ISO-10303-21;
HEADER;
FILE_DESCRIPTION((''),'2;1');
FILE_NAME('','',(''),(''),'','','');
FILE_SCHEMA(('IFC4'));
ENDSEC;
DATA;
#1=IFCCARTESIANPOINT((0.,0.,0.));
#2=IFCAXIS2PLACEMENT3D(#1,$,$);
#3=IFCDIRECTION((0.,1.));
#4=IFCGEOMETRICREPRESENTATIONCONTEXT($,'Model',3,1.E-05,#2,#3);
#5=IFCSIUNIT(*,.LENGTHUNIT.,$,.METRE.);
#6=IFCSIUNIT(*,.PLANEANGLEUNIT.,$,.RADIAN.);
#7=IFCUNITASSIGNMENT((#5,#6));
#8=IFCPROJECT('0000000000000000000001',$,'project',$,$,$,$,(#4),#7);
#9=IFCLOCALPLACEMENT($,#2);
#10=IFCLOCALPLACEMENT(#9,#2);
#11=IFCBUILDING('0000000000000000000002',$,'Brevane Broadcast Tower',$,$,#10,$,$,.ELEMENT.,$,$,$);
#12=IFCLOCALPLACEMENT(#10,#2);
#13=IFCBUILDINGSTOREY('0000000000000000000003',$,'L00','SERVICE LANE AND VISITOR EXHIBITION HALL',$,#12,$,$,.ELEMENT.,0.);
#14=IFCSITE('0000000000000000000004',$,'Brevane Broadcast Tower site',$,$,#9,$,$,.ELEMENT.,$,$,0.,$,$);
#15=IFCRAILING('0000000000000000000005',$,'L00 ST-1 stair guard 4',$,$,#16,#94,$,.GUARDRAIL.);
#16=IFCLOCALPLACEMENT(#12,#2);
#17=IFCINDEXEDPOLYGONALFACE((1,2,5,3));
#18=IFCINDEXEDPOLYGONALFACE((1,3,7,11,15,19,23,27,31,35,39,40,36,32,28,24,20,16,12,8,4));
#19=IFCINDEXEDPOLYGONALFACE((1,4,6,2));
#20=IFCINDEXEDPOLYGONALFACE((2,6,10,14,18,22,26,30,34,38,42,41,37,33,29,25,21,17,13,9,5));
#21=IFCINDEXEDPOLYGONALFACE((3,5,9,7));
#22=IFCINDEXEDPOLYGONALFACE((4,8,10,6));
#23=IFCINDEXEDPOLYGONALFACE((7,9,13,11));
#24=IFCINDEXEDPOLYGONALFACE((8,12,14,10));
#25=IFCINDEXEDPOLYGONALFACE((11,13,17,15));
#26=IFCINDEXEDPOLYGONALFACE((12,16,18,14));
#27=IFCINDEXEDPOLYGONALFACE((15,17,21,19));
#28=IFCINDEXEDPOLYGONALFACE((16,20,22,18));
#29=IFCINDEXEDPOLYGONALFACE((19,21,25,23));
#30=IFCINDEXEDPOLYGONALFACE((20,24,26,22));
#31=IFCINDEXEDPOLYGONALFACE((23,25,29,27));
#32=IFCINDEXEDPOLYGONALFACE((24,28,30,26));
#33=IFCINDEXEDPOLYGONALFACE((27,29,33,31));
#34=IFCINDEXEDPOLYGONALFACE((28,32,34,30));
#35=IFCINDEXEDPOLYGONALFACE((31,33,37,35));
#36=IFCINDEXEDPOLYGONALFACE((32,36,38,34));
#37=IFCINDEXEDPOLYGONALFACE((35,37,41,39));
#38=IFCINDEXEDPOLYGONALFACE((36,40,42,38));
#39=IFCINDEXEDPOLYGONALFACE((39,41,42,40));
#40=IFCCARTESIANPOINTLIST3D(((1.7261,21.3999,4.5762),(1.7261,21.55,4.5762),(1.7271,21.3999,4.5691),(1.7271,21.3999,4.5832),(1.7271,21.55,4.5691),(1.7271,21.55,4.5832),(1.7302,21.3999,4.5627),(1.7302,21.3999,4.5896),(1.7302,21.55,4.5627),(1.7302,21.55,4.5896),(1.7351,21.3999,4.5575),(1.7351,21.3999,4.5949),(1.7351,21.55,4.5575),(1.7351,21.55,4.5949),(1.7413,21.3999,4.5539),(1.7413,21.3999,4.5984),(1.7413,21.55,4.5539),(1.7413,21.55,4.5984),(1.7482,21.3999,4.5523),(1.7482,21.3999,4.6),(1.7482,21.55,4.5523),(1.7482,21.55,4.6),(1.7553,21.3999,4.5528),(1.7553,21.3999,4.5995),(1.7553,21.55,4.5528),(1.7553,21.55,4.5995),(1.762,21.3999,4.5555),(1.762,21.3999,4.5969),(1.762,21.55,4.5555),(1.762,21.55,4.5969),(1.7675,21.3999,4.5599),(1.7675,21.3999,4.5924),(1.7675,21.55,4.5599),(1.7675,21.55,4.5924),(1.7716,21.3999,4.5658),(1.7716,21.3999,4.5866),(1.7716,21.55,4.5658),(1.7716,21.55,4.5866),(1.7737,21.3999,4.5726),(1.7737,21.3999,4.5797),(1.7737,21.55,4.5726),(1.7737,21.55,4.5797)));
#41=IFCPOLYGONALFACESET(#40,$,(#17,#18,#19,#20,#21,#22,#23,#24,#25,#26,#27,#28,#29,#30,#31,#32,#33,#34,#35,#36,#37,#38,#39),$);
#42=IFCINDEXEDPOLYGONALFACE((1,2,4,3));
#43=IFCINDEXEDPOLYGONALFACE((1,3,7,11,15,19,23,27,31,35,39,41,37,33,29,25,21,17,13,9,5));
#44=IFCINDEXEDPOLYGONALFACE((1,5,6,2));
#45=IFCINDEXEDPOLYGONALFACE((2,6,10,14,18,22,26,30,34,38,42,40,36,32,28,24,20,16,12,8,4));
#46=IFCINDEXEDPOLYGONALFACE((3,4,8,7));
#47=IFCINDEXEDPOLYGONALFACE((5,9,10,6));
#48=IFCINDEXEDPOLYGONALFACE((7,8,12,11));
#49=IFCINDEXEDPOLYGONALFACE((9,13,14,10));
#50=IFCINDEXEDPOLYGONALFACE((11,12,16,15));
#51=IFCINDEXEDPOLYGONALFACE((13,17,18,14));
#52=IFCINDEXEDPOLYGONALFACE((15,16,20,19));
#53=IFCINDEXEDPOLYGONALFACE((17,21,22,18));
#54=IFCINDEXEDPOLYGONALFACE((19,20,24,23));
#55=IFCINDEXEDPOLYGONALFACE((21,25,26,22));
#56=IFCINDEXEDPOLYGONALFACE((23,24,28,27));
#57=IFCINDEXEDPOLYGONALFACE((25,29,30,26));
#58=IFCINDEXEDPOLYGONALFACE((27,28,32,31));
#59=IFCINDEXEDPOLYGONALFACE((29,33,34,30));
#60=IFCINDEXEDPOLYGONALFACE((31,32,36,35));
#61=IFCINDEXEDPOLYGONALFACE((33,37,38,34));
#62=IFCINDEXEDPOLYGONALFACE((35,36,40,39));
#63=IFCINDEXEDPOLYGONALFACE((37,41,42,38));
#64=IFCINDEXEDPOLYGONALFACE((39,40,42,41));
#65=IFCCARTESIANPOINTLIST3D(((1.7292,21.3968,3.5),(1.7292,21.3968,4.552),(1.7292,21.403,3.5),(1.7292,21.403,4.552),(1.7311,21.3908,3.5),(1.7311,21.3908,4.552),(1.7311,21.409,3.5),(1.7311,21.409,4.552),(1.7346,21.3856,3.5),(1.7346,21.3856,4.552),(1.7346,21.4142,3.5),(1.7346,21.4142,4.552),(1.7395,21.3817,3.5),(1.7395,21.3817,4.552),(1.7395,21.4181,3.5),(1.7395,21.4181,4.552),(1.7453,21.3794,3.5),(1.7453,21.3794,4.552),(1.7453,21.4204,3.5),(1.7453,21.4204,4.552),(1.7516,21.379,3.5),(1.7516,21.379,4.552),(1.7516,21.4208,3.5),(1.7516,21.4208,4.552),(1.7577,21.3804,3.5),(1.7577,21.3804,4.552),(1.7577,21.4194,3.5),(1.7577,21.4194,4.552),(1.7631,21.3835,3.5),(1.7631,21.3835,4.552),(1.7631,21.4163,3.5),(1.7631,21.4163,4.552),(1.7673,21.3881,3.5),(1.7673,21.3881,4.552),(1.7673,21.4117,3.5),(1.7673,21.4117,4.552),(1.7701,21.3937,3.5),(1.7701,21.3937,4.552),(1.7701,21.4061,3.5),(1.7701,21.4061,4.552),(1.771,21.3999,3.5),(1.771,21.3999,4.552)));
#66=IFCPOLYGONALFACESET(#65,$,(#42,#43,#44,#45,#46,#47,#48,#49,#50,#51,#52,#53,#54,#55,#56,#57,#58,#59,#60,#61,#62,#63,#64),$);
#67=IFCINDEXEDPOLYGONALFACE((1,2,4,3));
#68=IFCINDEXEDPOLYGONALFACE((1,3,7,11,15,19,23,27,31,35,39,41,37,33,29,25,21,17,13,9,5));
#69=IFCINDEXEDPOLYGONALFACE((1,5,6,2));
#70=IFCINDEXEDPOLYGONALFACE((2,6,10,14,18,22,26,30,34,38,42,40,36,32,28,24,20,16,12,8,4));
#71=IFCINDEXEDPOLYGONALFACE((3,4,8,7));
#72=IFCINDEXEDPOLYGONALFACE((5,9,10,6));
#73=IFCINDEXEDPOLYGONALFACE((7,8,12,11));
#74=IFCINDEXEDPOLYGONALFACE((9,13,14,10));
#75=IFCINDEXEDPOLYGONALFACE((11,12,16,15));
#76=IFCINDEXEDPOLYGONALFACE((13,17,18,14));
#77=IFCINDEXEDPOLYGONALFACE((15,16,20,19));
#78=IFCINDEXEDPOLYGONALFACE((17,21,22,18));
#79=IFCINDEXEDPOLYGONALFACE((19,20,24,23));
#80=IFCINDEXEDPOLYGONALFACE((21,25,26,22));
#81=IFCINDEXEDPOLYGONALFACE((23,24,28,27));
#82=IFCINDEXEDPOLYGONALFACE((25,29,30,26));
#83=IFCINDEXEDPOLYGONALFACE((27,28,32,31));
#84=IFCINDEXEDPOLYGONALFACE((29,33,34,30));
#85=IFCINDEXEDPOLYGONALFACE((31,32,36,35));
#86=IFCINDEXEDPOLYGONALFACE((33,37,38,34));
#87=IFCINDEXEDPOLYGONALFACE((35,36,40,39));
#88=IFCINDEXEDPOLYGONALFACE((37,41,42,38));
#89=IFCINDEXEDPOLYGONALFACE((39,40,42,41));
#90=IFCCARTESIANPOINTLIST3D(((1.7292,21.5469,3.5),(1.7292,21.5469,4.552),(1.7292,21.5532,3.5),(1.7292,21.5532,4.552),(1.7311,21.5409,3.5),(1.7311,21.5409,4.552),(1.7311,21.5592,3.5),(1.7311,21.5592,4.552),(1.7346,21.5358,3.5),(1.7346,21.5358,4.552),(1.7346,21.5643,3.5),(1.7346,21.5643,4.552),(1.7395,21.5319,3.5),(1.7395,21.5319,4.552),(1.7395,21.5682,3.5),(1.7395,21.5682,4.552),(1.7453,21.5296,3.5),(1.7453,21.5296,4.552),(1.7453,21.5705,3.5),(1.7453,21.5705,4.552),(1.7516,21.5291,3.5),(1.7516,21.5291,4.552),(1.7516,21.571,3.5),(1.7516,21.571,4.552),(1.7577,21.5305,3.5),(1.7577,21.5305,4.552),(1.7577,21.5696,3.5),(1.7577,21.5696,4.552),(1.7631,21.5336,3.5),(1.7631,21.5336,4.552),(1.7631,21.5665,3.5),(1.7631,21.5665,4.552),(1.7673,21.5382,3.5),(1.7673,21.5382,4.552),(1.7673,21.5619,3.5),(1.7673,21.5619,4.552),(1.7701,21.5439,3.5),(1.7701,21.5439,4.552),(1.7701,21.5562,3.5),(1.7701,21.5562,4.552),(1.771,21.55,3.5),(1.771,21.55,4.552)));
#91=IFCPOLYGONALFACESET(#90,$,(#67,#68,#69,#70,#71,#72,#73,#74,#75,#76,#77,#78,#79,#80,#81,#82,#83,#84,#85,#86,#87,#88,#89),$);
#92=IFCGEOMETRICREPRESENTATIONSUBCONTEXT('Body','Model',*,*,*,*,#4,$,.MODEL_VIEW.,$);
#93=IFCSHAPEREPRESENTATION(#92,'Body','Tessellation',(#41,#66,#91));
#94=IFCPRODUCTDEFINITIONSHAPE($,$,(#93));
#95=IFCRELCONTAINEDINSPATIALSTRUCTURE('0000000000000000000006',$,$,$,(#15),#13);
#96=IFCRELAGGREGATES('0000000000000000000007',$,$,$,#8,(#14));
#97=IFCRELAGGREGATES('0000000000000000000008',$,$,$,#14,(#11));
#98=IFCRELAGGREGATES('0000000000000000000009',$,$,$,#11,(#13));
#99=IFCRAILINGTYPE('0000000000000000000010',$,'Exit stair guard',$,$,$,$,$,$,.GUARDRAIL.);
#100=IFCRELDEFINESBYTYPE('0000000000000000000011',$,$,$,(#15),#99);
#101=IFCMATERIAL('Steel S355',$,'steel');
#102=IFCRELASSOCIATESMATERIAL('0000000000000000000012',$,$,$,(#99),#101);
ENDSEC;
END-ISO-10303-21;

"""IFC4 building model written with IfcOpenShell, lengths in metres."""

from ifc_helpers import new_model, si_unit, direction, frame, origin, origin_2d, place, context, subcontext, project, spatial, circle, extrude, material, type_object, element, save


model = new_model("IFC4")

# Units and contexts
model_context = context("Model", 3, precision=1e-05, world=origin(), true_north=direction((0.0, 1.0)))
body_context = subcontext(model_context, "Body", "Model", "MODEL_VIEW")
ifc_project = project(units=[si_unit("LENGTHUNIT", "METRE"), si_unit("PLANEANGLEUNIT", "RADIAN")], contexts=[model_context])

# Site, building, storey
site_placement = place(None, origin())
site = spatial("IfcSite", under=ifc_project, at=site_placement, Name="Brevane Broadcast Tower site", CompositionType="ELEMENT", RefElevation=0.0)
building_placement = place(site_placement, origin())
building = spatial("IfcBuilding", under=site, at=building_placement, Name="Brevane Broadcast Tower", CompositionType="ELEMENT")
storey_placement = place(building_placement, origin())
storey = spatial("IfcBuildingStorey", under=building, at=storey_placement, Name="L00", Description="SERVICE LANE AND VISITOR EXHIBITION HALL", CompositionType="ELEMENT", Elevation=0.0)

# Railing
ifc_material_1 = material(Name="Steel S355", Category="steel")
railing_type_1 = type_object("IfcRailingType", Name="Exit stair guard", PredefinedType="GUARDRAIL", material=ifc_material_1)
railing_1_placement = place(storey_placement, frame((1.75, 21.3999, 3.5)))
element("IfcRailing", 1, at=railing_1_placement, inside=storey, type_object=railing_type_1, Name="L00 ST-1 stair guard 4", PredefinedType="GUARDRAIL", context=body_context, shape_type="SweptSolid", body=[
    extrude(circle(Radius=0.0239, at=origin_2d()), frame((0.0, 0.0, 1.0762), z_axis=(0.0, 1.0, 0.0), x_axis=(-1.0, 0.0, 0.0)), (0.0, 0.0, 1.0), 0.1501),
    extrude(circle(Radius=0.021, at=origin_2d()), origin(), (0.0, 0.0, 1.0), 1.052),
    extrude(circle(Radius=0.021, at=origin_2d()), frame((0.0, 0.1501, 0.0)), (0.0, 0.0, 1.0), 1.052),
])

save(model, "model.ifc")
